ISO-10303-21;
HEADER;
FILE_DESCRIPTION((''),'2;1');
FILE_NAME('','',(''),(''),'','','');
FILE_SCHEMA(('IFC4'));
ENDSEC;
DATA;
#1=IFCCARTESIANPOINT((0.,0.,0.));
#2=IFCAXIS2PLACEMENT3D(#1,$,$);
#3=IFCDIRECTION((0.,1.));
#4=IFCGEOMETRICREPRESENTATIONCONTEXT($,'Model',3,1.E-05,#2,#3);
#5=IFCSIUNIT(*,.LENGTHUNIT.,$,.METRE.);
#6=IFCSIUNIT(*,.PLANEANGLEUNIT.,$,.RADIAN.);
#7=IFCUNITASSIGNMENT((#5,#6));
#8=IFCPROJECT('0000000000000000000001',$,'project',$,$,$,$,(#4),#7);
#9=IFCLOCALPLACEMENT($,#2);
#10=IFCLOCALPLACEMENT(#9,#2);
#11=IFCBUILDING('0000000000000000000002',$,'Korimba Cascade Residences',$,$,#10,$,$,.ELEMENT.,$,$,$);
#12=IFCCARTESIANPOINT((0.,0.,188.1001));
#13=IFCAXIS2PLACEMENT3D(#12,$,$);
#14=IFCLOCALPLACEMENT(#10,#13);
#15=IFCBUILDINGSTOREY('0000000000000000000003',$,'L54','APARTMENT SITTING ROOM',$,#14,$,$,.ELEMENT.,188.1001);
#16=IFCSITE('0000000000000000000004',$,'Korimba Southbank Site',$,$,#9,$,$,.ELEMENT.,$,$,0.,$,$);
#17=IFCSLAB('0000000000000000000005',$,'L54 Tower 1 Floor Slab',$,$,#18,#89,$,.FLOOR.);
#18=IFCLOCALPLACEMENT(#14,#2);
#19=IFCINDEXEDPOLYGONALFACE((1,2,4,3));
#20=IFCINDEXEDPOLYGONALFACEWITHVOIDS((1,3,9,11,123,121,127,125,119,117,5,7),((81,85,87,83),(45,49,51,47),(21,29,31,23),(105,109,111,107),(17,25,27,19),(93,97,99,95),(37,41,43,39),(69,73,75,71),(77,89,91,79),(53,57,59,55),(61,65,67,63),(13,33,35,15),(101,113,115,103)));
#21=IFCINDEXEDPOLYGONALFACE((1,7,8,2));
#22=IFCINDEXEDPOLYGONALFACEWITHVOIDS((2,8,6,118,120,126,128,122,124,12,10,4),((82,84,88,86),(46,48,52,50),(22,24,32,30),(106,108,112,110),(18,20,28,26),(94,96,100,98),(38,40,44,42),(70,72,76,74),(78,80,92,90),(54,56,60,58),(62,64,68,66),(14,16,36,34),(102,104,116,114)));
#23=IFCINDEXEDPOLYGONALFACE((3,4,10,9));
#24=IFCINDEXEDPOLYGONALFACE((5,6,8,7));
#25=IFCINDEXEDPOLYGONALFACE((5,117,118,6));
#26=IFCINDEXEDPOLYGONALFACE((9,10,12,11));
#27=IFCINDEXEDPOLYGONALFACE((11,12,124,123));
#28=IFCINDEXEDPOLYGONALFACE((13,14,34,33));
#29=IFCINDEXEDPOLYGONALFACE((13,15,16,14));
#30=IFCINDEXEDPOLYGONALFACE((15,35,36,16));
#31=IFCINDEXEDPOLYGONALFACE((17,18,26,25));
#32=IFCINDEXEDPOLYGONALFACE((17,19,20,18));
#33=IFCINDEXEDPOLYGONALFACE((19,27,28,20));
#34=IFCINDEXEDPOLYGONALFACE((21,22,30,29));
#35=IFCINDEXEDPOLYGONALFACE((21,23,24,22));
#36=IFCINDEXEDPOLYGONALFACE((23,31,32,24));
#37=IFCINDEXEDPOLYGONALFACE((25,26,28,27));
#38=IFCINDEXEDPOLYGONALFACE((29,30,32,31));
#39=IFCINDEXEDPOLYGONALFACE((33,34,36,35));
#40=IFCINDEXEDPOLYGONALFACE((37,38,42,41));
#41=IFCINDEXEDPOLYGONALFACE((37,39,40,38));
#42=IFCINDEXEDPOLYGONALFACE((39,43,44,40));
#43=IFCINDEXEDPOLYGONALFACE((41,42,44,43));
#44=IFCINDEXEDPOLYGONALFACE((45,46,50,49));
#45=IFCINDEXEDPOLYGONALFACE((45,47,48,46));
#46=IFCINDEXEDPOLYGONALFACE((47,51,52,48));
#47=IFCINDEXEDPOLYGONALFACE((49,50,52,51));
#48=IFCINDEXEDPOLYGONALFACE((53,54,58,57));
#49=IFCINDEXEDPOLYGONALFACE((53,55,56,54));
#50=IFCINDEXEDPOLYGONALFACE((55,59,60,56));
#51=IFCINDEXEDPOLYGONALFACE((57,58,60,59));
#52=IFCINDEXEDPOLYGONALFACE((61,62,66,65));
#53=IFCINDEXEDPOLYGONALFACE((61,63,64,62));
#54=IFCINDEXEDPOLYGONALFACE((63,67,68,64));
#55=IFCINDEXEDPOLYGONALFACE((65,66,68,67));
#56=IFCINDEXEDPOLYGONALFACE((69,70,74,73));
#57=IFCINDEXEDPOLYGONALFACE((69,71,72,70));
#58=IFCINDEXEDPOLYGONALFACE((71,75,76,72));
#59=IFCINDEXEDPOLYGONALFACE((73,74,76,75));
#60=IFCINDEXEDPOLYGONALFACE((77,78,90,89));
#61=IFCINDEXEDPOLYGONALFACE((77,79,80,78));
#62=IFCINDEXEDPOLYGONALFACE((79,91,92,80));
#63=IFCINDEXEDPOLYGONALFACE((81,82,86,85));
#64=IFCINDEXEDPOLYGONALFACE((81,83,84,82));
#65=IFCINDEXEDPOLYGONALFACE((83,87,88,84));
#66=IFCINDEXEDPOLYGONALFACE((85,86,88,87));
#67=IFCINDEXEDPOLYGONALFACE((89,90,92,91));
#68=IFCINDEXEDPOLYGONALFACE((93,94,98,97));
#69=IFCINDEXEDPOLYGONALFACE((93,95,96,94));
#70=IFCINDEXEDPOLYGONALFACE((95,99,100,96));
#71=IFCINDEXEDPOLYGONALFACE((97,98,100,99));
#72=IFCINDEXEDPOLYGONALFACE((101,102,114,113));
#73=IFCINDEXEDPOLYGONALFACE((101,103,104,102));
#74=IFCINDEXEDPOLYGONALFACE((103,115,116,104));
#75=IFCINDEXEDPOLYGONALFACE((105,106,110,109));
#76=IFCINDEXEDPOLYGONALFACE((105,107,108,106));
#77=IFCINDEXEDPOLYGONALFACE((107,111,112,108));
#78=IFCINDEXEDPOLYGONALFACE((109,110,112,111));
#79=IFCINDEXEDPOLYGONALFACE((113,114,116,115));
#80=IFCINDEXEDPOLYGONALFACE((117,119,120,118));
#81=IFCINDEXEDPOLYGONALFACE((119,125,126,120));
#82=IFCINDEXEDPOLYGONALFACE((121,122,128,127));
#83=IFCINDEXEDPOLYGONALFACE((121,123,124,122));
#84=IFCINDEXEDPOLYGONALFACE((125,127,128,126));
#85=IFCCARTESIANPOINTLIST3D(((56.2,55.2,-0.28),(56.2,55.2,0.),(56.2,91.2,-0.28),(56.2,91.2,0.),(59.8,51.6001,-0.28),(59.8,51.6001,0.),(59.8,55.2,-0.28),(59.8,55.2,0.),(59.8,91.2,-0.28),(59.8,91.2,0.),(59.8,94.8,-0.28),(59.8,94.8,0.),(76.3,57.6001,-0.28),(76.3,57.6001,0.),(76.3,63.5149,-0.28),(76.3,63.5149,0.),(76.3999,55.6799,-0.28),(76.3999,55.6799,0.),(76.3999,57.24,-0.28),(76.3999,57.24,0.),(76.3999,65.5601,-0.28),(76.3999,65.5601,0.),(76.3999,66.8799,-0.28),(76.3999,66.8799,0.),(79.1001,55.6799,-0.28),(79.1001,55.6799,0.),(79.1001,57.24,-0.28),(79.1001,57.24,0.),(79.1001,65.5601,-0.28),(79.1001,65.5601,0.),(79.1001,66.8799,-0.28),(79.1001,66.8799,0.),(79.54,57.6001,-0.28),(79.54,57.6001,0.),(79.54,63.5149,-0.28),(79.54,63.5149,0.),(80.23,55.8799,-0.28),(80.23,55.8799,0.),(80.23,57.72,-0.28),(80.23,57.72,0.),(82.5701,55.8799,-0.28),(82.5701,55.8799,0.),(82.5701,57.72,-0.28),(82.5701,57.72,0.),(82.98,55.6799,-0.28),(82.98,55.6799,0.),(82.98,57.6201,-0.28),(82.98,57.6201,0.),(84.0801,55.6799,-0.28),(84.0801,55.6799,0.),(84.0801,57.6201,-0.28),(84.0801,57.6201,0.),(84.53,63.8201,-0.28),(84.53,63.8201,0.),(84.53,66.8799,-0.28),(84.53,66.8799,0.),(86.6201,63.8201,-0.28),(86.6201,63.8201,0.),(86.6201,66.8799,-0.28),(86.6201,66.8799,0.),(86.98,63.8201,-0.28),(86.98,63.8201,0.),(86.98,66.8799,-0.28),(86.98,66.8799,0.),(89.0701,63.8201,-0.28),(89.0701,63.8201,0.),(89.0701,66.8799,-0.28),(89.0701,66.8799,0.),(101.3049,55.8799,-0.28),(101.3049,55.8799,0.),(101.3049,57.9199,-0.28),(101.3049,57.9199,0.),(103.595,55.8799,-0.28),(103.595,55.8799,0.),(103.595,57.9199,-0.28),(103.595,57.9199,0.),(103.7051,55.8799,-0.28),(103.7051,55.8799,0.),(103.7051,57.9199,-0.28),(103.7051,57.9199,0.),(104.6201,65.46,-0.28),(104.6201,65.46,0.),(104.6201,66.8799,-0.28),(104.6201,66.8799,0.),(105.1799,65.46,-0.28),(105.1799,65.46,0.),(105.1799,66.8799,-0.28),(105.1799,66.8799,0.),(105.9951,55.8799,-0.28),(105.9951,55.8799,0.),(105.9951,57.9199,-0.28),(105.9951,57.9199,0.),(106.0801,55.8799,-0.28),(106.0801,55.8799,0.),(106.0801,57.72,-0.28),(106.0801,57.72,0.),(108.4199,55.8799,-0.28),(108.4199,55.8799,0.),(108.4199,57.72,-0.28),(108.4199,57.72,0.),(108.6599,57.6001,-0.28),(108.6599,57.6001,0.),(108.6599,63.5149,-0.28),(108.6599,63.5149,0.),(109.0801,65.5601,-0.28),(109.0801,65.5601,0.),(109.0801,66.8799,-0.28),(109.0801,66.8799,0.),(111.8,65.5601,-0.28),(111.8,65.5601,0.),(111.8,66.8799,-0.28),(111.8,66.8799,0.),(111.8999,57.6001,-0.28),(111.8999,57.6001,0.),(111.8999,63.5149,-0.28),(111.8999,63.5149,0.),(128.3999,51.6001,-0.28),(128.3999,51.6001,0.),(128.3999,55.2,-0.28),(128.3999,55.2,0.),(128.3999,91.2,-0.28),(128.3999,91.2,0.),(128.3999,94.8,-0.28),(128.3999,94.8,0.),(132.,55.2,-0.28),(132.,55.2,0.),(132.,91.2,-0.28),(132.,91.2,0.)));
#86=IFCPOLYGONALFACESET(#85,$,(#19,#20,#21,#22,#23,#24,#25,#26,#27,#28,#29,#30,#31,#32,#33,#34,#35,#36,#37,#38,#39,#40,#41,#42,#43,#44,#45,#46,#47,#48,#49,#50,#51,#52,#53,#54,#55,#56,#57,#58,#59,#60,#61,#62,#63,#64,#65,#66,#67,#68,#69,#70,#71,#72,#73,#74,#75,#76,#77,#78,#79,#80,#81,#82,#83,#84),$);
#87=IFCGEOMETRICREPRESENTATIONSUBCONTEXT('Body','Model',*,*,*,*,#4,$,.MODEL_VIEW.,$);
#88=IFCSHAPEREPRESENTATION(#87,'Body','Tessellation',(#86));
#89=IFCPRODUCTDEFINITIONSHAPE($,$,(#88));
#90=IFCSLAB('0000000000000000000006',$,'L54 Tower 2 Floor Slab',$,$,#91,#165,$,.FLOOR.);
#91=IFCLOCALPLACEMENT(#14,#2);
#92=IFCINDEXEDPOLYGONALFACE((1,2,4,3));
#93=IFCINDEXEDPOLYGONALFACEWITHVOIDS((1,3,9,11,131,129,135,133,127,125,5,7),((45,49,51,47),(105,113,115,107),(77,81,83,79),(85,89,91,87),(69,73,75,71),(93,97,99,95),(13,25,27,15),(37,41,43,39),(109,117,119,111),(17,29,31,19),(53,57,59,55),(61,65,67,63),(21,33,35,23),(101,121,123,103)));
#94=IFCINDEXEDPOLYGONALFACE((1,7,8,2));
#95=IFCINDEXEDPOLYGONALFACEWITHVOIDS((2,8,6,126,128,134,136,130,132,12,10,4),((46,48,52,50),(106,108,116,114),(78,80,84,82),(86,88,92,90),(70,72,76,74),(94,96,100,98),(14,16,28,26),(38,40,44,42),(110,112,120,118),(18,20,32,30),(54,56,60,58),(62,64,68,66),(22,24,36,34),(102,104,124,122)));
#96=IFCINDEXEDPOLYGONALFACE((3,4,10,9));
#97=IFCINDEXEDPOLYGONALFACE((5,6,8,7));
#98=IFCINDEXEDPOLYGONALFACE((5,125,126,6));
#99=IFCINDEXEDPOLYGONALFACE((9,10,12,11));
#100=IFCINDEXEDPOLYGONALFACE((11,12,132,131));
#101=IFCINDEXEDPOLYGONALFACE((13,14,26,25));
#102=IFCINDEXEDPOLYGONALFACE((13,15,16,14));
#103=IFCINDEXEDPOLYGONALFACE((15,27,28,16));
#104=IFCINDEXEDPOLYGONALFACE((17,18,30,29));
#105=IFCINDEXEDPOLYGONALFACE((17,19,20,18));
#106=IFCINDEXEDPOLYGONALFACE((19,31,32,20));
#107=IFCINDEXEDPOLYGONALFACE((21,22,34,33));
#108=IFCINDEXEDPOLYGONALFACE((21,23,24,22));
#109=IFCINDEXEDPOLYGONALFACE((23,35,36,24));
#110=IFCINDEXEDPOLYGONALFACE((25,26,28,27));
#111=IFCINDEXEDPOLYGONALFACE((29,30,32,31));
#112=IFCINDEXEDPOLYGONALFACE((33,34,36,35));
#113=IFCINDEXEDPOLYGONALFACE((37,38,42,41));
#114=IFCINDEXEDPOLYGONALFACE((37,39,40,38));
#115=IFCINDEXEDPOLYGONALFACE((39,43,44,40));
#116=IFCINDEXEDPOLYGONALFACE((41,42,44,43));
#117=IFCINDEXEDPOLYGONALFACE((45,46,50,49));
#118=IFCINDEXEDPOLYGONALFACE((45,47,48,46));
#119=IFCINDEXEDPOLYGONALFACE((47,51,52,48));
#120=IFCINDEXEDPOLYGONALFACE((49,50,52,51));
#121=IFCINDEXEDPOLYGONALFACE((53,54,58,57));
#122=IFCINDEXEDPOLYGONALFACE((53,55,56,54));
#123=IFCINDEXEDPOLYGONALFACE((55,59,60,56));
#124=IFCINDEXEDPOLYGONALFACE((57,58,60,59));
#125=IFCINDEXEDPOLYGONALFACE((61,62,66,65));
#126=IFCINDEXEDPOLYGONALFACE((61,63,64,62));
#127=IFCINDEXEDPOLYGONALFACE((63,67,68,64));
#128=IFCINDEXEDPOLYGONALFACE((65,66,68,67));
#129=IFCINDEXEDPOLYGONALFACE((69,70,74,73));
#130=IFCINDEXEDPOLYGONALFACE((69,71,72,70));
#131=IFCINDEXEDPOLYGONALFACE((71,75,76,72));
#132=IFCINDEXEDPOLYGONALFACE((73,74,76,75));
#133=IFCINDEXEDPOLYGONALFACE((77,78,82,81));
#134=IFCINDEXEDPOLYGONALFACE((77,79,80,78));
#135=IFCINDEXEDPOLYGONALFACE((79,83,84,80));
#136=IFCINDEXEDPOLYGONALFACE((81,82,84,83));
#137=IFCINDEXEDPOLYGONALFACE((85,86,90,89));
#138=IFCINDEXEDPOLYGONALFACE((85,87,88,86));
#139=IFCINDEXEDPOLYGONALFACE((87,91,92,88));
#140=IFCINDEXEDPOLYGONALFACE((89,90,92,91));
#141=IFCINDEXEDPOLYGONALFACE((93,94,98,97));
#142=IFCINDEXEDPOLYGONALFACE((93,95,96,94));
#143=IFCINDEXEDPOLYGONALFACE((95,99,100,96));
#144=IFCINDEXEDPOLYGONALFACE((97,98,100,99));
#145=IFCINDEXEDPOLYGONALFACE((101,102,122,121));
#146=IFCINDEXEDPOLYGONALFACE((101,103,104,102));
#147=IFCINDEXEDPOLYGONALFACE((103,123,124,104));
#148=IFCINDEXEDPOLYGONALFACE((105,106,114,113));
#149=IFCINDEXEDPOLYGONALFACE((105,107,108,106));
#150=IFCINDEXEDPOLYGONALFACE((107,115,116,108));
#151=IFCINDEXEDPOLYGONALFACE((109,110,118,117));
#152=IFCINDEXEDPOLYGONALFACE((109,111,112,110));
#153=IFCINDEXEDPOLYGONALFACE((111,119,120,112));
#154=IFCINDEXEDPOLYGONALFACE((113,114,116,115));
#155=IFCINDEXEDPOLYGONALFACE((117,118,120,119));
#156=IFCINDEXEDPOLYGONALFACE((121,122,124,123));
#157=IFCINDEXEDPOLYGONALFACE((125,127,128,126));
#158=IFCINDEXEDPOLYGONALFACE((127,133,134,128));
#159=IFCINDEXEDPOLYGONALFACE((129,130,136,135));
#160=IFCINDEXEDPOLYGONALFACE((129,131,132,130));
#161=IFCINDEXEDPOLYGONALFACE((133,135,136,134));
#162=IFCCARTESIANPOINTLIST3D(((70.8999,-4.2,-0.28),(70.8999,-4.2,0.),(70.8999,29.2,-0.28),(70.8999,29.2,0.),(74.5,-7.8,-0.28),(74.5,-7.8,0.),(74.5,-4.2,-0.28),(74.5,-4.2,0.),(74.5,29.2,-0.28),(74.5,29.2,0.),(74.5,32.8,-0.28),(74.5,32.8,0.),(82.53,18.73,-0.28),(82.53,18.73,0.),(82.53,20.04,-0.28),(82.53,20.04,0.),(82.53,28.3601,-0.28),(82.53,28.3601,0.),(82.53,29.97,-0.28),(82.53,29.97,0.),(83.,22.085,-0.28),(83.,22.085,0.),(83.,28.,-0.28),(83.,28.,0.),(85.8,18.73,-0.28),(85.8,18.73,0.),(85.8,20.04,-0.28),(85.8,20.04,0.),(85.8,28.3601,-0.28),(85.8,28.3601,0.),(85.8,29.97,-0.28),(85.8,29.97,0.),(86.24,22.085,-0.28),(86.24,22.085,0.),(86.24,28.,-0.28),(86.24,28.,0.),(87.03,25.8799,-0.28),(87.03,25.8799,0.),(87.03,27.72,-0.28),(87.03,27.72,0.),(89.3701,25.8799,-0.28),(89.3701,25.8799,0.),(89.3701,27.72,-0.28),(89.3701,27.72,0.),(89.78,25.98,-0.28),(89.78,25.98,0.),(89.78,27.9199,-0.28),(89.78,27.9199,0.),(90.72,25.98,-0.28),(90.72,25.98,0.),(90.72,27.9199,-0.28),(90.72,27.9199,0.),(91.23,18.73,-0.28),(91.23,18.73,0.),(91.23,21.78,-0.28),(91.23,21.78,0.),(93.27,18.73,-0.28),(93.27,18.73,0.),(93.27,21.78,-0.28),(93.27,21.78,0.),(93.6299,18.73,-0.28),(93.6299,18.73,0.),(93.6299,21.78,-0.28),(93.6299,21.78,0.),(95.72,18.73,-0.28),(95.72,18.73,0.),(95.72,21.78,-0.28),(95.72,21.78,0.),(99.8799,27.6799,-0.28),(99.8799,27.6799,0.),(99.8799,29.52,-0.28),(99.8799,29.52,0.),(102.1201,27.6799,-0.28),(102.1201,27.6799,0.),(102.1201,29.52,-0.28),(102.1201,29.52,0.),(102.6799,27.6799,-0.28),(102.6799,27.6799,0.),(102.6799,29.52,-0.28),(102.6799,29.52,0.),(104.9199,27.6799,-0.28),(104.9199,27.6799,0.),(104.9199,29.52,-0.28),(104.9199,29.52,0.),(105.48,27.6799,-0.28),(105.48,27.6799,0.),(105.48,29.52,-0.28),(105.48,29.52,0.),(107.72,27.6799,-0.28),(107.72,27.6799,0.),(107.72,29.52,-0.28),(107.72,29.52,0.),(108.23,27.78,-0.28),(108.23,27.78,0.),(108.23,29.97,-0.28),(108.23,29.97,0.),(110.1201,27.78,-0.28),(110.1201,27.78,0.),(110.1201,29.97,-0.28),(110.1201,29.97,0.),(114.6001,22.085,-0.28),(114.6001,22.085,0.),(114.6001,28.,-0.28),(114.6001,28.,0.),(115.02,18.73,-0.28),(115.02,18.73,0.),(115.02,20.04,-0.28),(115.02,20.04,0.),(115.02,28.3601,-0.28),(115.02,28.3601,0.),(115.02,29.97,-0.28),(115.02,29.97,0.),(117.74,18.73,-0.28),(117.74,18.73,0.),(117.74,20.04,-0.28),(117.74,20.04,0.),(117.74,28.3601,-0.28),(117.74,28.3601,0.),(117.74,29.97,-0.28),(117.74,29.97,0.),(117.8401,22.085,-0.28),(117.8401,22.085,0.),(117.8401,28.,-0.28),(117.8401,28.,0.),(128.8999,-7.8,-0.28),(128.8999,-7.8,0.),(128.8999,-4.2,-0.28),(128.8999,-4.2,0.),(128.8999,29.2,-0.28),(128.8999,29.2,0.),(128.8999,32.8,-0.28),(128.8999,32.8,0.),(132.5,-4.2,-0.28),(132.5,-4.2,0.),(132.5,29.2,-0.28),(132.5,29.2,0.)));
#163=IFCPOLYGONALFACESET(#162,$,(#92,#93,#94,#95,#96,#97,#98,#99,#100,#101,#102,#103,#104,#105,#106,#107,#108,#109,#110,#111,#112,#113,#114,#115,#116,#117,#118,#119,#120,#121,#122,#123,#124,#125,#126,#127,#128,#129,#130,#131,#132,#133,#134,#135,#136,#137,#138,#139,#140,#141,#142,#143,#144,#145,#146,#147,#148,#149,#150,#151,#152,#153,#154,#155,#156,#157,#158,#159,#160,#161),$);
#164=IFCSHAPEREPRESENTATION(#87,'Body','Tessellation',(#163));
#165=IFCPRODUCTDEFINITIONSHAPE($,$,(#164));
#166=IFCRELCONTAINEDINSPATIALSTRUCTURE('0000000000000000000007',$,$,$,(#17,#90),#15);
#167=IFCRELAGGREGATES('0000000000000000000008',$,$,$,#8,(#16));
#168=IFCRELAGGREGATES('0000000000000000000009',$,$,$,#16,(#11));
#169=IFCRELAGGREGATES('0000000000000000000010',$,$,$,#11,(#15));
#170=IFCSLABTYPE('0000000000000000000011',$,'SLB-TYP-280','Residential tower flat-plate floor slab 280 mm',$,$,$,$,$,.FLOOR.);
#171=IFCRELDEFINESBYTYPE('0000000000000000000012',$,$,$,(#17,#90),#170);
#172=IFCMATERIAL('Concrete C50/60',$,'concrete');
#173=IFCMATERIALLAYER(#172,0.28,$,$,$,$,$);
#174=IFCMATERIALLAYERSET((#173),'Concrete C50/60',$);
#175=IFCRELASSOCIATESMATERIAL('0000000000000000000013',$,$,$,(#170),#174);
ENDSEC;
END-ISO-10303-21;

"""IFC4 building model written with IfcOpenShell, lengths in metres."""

from ifc_helpers import new_model, si_unit, direction, frame, origin, place, context, subcontext, project, spatial, polyline, outline, extrude, material, layer, layer_set, type_object, element, save


model = new_model("IFC4")

# Units and contexts
model_context = context("Model", 3, precision=1e-05, world=origin(), true_north=direction((0.0, 1.0)))
body_context = subcontext(model_context, "Body", "Model", "MODEL_VIEW")
ifc_project = project(units=[si_unit("LENGTHUNIT", "METRE"), si_unit("PLANEANGLEUNIT", "RADIAN")], contexts=[model_context])

# Site, building, storey
site_placement = place(None, origin())
site = spatial("IfcSite", under=ifc_project, at=site_placement, Name="Korimba Southbank Site", CompositionType="ELEMENT", RefElevation=0.0)
building_placement = place(site_placement, origin())
building = spatial("IfcBuilding", under=site, at=building_placement, Name="Korimba Cascade Residences", CompositionType="ELEMENT")
storey_placement = place(building_placement, frame((0.0, 0.0, 188.1001)))
storey = spatial("IfcBuildingStorey", under=building, at=storey_placement, Name="L54", Description="APARTMENT SITTING ROOM", CompositionType="ELEMENT", Elevation=188.1001)

# Shared definitions
ifc_material_1 = material(Name="Concrete C50/60", Category="concrete")

# Slabs
ifc_layer_1 = layer(ifc_material_1, 0.28)
ifc_layer_set_1 = layer_set([ifc_layer_1], Name="Concrete C50/60")
slab_type_1 = type_object("IfcSlabType", Name="SLB-TYP-280", Description="Residential tower flat-plate floor slab 280 mm", PredefinedType="FLOOR", material=ifc_layer_set_1)
slab_1_placement = place(storey_placement, frame((0.0, 0.0, -0.28)))
element("IfcSlab", 1, at=slab_1_placement, inside=storey, type_object=slab_type_1, Name="L54 Tower 1 Floor Slab", PredefinedType="FLOOR", context=body_context, shape_type="SweptSolid", body=[
    extrude(outline(polyline([(59.8, 51.6001), (128.3999, 51.6001), (128.3999, 55.2), (132.0, 55.2), (132.0, 91.2), (128.3999, 91.2), (128.3999, 94.8), (59.8, 94.8), (59.8, 91.2), (56.2, 91.2), (56.2, 55.2), (59.8, 55.2), (59.8, 51.6001)]), holes=[polyline([(76.3, 63.5149), (76.3, 57.6001), (79.54, 57.6001), (79.54, 63.5149), (76.3, 63.5149)]), polyline([(108.6599, 63.5149), (108.6599, 57.6001), (111.8999, 57.6001), (111.8999, 63.5149), (108.6599, 63.5149)]), polyline([(80.23, 55.8799), (82.5701, 55.8799), (82.5701, 57.72), (80.23, 57.72), (80.23, 55.8799)]), polyline([(106.0801, 55.8799), (108.4199, 55.8799), (108.4199, 57.72), (106.0801, 57.72), (106.0801, 55.8799)]), polyline([(101.3049, 55.8799), (103.595, 55.8799), (103.595, 57.9199), (101.3049, 57.9199), (101.3049, 55.8799)]), polyline([(103.7051, 55.8799), (105.9951, 55.8799), (105.9951, 57.9199), (103.7051, 57.9199), (103.7051, 55.8799)]), polyline([(82.98, 55.6799), (84.0801, 55.6799), (84.0801, 57.6201), (82.98, 57.6201), (82.98, 55.6799)]), polyline([(76.3999, 65.5601), (79.1001, 65.5601), (79.1001, 66.8799), (76.3999, 66.8799), (76.3999, 65.5601)]), polyline([(76.3999, 55.6799), (79.1001, 55.6799), (79.1001, 57.24), (76.3999, 57.24), (76.3999, 55.6799)]), polyline([(84.53, 63.8201), (86.6201, 63.8201), (86.6201, 66.8799), (84.53, 66.8799), (84.53, 63.8201)]), polyline([(86.98, 63.8201), (89.0701, 63.8201), (89.0701, 66.8799), (86.98, 66.8799), (86.98, 63.8201)]), polyline([(104.6201, 65.46), (105.1799, 65.46), (105.1799, 66.8799), (104.6201, 66.8799), (104.6201, 65.46)]), polyline([(109.0801, 65.5601), (111.8, 65.5601), (111.8, 66.8799), (109.0801, 66.8799), (109.0801, 65.5601)])]), origin(), (0.0, 0.0, 1.0), 0.28),
])
slab_2_placement = place(storey_placement, frame((0.0, 0.0, -0.28)))
element("IfcSlab", 2, at=slab_2_placement, inside=storey, type_object=slab_type_1, Name="L54 Tower 2 Floor Slab", PredefinedType="FLOOR", context=body_context, shape_type="SweptSolid", body=[
    extrude(outline(polyline([(74.5, -7.8), (128.8999, -7.8), (128.8999, -4.2), (132.5, -4.2), (132.5, 29.2), (128.8999, 29.2), (128.8999, 32.8), (74.5, 32.8), (74.5, 29.2), (70.8999, 29.2), (70.8999, -4.2), (74.5, -4.2), (74.5, -7.8)]), holes=[polyline([(86.24, 22.085), (86.24, 28.0), (83.0, 28.0), (83.0, 22.085), (86.24, 22.085)]), polyline([(117.8401, 22.085), (117.8401, 28.0), (114.6001, 28.0), (114.6001, 22.085), (117.8401, 22.085)]), polyline([(87.03, 25.8799), (89.3701, 25.8799), (89.3701, 27.72), (87.03, 27.72), (87.03, 25.8799)]), polyline([(99.8799, 27.6799), (102.1201, 27.6799), (102.1201, 29.52), (99.8799, 29.52), (99.8799, 27.6799)]), polyline([(102.6799, 27.6799), (104.9199, 27.6799), (104.9199, 29.52), (102.6799, 29.52), (102.6799, 27.6799)]), polyline([(105.48, 27.6799), (107.72, 27.6799), (107.72, 29.52), (105.48, 29.52), (105.48, 27.6799)]), polyline([(89.78, 25.98), (90.72, 25.98), (90.72, 27.9199), (89.78, 27.9199), (89.78, 25.98)]), polyline([(82.53, 18.73), (85.8, 18.73), (85.8, 20.04), (82.53, 20.04), (82.53, 18.73)]), polyline([(82.53, 28.3601), (85.8, 28.3601), (85.8, 29.97), (82.53, 29.97), (82.53, 28.3601)]), polyline([(108.23, 27.78), (110.1201, 27.78), (110.1201, 29.97), (108.23, 29.97), (108.23, 27.78)]), polyline([(91.23, 18.73), (93.27, 18.73), (93.27, 21.78), (91.23, 21.78), (91.23, 18.73)]), polyline([(93.6299, 18.73), (95.72, 18.73), (95.72, 21.78), (93.6299, 21.78), (93.6299, 18.73)]), polyline([(115.02, 18.73), (117.74, 18.73), (117.74, 20.04), (115.02, 20.04), (115.02, 18.73)]), polyline([(115.02, 28.3601), (117.74, 28.3601), (117.74, 29.97), (115.02, 29.97), (115.02, 28.3601)])]), origin(), (0.0, 0.0, 1.0), 0.28),
])

save(model, "model.ifc")
